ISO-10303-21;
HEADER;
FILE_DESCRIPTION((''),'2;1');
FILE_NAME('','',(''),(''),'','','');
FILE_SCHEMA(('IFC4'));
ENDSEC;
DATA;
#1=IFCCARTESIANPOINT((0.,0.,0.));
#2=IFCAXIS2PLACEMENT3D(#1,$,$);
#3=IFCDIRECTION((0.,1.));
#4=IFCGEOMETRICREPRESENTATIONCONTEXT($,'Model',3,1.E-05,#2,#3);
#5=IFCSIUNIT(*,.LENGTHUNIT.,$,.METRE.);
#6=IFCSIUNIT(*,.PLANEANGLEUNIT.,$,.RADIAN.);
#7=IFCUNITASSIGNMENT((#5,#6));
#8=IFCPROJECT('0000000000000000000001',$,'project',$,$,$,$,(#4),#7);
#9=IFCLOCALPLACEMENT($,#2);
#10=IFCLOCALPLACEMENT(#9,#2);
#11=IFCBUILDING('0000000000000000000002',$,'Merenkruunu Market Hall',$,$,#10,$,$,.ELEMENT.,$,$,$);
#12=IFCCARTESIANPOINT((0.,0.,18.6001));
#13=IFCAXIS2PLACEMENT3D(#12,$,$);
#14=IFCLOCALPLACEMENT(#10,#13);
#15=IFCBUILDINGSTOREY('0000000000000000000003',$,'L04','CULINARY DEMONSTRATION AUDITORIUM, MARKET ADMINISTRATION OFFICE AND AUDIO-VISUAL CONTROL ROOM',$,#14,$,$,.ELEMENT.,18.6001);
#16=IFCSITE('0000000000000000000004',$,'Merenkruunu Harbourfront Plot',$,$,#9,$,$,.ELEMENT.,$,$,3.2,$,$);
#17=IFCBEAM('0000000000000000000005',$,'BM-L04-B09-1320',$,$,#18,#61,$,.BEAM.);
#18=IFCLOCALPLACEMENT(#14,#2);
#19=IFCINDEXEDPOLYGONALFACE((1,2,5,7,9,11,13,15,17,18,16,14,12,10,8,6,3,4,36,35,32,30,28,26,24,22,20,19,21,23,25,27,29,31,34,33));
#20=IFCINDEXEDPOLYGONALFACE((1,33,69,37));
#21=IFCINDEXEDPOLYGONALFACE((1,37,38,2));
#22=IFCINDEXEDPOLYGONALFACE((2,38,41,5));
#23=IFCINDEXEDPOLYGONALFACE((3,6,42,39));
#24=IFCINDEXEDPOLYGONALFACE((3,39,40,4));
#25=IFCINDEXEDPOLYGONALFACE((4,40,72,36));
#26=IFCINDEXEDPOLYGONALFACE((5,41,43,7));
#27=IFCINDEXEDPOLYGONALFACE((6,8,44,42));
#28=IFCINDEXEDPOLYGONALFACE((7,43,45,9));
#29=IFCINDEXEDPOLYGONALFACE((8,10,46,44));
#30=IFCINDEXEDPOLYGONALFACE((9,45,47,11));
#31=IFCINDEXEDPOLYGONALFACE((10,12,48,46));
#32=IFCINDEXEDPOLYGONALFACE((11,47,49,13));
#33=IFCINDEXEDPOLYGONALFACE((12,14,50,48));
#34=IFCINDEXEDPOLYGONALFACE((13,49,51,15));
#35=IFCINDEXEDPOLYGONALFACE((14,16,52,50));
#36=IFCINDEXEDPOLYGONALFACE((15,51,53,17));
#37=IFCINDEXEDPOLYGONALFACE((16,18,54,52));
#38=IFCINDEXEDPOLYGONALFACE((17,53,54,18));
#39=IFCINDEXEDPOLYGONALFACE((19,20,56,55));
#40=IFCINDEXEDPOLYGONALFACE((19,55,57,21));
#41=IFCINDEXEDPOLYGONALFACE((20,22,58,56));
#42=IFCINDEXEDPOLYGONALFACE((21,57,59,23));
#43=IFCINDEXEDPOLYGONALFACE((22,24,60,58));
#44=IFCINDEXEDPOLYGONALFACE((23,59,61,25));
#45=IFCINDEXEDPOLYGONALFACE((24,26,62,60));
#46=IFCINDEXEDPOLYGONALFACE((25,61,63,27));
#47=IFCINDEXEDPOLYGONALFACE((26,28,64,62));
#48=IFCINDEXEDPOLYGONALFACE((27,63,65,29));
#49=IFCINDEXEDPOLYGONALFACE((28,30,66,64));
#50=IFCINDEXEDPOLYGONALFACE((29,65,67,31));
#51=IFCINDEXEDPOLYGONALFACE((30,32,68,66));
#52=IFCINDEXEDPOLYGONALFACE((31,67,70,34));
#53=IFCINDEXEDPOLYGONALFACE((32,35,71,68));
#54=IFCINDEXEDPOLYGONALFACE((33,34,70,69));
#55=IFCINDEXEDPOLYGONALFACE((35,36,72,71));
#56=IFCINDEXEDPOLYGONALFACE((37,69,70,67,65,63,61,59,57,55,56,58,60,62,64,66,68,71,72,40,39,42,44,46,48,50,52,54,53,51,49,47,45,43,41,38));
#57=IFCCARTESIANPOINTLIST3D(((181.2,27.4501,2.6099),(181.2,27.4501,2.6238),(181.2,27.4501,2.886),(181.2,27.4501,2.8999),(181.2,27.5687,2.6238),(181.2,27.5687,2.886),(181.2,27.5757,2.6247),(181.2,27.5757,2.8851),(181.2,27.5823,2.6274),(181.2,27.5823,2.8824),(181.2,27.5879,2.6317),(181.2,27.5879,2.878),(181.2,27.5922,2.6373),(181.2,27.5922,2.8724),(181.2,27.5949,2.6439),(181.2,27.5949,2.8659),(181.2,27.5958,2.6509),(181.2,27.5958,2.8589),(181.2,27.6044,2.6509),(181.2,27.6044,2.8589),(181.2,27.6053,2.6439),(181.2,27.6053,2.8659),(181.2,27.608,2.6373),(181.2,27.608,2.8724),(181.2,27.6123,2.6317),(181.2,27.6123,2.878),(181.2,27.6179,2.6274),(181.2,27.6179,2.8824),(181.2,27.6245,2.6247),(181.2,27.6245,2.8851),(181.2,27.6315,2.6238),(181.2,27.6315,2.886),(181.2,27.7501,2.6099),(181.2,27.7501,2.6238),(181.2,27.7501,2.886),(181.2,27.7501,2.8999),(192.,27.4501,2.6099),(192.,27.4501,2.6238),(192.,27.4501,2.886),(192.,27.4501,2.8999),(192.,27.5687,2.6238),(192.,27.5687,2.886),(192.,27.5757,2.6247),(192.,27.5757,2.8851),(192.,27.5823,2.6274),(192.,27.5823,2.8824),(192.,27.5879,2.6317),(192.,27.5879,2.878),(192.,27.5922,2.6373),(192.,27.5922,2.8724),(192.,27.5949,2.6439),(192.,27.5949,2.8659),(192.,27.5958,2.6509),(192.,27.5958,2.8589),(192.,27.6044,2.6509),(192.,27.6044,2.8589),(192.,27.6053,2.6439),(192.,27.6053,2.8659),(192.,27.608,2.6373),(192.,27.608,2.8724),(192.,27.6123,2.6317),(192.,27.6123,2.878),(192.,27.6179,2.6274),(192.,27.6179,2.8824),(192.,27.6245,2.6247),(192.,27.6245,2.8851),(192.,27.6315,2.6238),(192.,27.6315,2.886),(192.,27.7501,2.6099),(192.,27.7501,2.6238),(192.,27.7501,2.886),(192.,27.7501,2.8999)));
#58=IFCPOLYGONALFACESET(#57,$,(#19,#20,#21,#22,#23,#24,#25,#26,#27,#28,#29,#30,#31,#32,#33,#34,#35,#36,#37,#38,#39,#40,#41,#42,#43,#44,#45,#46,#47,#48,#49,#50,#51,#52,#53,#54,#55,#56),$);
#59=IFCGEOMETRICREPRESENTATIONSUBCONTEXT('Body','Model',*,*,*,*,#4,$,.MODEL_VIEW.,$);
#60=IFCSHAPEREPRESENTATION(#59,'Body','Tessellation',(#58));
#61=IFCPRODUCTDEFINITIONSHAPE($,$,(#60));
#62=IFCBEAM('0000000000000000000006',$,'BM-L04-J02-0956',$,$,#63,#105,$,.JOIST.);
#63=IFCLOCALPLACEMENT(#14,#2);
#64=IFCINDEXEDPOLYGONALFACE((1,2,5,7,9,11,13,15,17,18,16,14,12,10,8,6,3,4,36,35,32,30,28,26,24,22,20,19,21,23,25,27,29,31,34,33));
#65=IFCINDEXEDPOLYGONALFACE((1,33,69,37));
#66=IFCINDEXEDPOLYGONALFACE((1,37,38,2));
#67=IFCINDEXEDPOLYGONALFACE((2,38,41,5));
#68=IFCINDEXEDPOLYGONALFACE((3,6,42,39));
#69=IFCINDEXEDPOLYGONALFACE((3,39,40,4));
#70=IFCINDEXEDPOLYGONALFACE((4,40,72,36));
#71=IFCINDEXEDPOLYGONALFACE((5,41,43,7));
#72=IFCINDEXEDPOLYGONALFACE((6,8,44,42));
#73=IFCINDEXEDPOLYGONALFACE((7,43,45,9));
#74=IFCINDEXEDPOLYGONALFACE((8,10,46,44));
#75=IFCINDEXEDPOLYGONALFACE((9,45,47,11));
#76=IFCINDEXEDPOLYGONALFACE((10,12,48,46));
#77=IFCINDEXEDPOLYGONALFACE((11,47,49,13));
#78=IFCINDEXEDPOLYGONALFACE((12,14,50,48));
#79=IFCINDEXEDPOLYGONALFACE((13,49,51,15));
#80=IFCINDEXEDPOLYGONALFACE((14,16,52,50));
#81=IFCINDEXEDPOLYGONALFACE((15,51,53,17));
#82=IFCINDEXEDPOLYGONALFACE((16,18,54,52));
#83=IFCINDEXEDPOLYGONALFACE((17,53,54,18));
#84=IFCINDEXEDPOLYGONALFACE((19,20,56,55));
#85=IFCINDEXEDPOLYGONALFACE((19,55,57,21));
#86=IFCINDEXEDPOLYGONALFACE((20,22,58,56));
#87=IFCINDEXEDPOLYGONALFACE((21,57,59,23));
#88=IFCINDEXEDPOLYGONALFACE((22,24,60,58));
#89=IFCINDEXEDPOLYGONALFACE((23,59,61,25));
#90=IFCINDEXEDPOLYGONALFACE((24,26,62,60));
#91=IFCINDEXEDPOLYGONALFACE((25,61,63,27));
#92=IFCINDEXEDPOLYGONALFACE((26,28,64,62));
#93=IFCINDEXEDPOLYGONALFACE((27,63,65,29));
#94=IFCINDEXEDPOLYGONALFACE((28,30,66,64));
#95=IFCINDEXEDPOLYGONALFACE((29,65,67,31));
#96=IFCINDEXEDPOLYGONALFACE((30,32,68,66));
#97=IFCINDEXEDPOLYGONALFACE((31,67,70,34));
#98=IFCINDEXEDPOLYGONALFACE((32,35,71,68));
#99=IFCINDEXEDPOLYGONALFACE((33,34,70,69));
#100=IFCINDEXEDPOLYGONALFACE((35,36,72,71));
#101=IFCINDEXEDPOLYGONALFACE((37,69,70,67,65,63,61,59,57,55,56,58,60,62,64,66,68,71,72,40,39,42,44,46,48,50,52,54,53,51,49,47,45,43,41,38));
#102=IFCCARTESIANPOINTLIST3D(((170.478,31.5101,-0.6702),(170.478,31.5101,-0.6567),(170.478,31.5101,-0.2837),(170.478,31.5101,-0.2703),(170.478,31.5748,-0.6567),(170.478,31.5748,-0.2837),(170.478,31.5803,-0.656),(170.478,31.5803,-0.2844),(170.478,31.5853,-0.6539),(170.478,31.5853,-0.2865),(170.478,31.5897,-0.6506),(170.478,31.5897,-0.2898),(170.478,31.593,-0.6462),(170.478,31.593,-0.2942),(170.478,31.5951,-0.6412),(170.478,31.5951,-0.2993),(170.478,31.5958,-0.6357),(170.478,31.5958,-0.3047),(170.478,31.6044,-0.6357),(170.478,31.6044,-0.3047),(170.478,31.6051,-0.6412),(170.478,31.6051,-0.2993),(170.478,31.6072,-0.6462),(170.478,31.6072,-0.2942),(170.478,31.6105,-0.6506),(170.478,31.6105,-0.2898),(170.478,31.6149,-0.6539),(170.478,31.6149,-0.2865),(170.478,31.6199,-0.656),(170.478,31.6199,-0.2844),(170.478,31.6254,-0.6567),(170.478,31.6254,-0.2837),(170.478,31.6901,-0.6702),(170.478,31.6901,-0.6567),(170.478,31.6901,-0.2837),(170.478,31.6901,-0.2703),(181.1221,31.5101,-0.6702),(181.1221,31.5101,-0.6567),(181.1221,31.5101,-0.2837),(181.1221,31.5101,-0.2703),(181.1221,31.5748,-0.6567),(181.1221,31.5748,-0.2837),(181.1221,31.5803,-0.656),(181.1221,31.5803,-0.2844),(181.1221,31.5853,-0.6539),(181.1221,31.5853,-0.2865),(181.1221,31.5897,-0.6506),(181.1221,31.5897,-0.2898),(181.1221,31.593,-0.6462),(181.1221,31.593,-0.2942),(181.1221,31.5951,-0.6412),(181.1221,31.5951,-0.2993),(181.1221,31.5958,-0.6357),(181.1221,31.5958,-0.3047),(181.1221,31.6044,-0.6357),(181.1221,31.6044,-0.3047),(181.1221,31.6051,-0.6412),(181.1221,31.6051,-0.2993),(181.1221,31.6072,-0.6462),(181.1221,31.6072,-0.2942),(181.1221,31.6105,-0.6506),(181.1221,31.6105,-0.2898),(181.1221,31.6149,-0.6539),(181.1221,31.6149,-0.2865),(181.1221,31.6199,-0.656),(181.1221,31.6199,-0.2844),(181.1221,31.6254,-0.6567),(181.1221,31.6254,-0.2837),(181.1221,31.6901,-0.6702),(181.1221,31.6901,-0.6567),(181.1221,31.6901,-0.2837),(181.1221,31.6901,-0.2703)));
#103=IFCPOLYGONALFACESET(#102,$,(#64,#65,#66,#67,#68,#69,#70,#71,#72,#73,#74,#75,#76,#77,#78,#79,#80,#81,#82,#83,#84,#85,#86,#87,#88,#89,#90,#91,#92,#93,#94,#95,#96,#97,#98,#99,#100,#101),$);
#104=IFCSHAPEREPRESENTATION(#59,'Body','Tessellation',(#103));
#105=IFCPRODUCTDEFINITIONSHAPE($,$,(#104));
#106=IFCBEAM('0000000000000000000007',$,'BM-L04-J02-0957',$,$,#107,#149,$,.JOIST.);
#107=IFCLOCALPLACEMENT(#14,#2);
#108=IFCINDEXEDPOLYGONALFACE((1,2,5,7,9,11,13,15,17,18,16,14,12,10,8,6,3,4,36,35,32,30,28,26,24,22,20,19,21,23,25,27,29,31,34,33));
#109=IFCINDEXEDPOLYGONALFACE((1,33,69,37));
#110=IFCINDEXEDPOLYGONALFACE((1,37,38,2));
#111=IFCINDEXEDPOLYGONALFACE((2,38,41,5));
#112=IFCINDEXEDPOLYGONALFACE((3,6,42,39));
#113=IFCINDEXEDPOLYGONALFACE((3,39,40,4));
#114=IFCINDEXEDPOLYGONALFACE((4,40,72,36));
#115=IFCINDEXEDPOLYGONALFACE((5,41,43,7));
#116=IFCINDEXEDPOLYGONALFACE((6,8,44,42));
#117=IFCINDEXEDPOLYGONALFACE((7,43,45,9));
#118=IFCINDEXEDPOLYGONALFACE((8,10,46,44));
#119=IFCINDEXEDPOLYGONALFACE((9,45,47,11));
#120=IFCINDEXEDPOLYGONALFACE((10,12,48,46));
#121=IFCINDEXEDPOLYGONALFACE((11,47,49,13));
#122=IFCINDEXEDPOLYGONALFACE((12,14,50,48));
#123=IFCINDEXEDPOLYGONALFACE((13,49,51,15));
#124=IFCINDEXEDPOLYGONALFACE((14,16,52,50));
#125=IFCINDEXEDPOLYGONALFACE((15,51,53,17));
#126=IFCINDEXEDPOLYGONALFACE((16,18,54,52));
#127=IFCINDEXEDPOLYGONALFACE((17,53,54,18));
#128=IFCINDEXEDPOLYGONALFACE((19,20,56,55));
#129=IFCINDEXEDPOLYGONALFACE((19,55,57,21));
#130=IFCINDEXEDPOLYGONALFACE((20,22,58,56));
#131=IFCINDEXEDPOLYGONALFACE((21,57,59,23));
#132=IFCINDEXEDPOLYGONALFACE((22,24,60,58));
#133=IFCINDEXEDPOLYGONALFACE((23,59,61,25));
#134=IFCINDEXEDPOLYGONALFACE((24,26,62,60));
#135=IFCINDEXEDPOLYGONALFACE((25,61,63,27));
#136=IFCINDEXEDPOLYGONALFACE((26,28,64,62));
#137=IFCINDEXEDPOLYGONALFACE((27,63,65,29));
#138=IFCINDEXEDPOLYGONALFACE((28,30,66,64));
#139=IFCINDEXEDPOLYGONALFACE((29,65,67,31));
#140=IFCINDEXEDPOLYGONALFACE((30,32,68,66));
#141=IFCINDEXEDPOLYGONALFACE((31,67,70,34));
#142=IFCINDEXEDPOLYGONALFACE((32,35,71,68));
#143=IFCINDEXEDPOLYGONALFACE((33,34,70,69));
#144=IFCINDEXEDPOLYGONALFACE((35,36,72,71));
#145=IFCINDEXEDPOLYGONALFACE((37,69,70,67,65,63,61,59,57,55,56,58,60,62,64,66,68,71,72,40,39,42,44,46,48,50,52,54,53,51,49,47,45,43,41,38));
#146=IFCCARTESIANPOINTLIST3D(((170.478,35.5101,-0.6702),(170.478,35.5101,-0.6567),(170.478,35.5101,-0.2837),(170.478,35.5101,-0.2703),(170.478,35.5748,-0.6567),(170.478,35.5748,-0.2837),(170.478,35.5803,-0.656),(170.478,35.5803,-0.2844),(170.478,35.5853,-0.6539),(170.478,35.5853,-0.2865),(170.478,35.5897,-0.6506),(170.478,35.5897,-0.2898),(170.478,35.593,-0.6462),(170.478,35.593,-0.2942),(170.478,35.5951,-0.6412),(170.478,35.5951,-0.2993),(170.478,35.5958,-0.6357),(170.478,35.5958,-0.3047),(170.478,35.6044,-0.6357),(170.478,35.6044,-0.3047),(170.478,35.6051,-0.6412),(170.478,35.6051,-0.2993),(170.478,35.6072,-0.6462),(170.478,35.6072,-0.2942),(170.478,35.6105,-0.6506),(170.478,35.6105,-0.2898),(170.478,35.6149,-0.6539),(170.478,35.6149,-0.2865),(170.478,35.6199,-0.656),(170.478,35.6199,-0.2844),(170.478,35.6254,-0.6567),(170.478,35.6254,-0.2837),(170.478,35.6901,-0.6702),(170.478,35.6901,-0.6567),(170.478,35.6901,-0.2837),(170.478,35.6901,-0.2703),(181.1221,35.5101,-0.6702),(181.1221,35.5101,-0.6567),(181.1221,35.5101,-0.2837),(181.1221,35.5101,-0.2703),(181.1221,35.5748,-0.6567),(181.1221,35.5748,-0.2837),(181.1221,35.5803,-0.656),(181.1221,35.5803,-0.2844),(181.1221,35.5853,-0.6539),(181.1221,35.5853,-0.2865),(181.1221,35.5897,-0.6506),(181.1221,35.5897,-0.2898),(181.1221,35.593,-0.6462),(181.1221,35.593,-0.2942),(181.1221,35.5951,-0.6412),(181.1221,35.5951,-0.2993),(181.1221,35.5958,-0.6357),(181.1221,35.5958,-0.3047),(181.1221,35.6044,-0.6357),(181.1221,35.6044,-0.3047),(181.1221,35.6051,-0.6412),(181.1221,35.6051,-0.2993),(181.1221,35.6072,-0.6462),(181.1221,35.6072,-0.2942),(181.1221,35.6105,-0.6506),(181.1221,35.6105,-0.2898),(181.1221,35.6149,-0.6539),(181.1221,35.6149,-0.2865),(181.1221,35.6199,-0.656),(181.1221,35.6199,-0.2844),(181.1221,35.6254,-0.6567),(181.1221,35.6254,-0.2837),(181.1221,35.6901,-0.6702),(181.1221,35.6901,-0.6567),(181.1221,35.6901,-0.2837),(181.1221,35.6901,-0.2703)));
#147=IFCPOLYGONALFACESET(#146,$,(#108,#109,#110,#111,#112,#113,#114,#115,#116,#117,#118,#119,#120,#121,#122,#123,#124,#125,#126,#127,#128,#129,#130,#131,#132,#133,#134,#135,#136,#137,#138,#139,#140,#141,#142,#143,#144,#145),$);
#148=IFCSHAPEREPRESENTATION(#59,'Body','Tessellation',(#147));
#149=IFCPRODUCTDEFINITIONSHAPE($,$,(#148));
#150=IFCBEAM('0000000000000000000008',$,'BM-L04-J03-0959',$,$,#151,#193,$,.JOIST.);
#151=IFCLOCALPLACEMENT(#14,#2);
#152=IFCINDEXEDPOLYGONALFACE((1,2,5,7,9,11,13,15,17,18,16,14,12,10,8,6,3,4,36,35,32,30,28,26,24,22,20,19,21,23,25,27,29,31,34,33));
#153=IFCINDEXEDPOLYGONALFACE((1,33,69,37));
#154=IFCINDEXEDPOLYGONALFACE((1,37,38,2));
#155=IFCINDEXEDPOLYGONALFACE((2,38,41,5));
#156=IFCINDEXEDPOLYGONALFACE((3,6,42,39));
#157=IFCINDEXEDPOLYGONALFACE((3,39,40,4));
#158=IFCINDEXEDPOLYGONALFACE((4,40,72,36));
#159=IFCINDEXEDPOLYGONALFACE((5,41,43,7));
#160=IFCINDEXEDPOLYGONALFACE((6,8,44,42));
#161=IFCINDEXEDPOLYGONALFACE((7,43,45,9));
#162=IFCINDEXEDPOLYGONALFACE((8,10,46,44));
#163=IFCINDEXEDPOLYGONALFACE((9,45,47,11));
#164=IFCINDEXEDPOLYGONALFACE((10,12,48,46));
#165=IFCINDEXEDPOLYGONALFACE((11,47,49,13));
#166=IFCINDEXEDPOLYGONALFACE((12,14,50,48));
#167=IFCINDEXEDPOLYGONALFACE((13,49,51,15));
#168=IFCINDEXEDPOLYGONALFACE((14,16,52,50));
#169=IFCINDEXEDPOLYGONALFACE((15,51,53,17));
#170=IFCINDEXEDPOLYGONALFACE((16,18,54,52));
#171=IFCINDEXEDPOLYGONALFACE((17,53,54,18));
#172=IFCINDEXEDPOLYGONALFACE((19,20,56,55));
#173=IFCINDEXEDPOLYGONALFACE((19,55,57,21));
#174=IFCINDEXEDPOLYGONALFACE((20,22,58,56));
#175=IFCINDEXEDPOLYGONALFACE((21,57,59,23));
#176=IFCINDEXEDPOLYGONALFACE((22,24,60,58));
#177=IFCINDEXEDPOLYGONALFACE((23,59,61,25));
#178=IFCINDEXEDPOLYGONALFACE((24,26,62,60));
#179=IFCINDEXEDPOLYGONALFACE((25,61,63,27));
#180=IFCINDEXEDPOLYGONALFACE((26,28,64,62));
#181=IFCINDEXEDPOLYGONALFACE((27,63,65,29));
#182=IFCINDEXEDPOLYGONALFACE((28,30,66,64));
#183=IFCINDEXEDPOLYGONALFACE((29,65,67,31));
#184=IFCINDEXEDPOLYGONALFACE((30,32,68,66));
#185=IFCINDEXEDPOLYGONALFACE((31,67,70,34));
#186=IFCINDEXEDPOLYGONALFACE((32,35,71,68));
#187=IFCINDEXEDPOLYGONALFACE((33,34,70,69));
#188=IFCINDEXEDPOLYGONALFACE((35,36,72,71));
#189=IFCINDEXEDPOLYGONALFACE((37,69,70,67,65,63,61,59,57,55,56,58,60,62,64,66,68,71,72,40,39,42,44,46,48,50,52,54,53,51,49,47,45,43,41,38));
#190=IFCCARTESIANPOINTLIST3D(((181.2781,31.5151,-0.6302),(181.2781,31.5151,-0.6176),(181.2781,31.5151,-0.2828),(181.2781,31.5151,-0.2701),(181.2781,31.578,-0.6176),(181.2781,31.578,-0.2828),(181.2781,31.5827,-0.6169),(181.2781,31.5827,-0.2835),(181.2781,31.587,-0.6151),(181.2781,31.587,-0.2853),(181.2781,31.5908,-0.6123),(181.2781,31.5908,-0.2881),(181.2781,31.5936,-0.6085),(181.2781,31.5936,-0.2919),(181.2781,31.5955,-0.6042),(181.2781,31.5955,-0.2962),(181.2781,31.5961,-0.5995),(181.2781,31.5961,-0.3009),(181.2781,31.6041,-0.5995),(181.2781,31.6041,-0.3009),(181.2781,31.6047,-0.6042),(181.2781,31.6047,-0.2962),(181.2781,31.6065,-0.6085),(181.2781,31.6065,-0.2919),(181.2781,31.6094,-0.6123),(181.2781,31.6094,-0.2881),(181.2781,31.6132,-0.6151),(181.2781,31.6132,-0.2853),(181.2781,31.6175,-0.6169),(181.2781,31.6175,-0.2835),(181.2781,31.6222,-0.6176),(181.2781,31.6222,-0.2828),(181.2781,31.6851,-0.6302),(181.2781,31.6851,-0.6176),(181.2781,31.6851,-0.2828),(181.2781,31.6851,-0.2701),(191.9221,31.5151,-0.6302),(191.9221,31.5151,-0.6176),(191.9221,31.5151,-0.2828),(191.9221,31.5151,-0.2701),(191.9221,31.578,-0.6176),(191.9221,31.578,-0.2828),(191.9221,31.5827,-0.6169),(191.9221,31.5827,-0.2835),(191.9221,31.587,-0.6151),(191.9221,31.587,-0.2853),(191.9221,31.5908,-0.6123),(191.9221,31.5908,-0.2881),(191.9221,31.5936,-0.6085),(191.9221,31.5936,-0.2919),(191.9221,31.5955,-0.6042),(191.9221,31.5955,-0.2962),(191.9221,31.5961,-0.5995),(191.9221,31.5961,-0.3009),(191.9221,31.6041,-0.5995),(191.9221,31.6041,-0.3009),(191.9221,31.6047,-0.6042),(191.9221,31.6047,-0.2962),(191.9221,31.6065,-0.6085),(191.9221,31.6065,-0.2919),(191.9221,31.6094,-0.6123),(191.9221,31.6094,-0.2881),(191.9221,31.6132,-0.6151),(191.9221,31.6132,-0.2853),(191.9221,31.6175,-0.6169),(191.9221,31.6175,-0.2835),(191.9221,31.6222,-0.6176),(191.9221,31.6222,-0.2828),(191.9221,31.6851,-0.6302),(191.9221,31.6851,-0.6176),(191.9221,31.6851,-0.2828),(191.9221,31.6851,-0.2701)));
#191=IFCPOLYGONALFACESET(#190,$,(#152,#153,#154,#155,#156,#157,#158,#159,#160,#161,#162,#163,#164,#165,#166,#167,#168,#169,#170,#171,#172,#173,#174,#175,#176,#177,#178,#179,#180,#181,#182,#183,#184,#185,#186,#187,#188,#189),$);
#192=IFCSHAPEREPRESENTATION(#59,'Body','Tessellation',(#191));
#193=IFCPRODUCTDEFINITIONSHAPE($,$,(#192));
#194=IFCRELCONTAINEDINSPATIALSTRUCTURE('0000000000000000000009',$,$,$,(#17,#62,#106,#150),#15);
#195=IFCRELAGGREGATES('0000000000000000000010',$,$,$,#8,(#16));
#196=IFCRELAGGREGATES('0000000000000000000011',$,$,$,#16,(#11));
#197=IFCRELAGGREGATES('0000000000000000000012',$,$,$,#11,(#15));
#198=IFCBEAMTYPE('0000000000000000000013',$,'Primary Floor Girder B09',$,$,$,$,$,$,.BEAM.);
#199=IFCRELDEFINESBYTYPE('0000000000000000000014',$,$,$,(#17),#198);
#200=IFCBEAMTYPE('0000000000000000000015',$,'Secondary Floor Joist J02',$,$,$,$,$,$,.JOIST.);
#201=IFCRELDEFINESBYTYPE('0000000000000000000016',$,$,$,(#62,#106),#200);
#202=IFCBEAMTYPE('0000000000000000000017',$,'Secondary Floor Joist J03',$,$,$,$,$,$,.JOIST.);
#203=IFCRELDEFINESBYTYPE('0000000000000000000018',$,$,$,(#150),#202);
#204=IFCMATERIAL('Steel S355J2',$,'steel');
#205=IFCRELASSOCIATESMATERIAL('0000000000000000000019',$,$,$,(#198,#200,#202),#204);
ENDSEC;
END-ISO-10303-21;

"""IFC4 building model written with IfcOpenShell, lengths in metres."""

from ifc_helpers import new_model, si_unit, direction, frame, origin, origin_2d, place, context, subcontext, project, spatial, i_section, extrude, material, material_profile, profile_set, type_object, element, save


model = new_model("IFC4")

# Units and contexts
model_context = context("Model", 3, precision=1e-05, world=origin(), true_north=direction((0.0, 1.0)))
body_context = subcontext(model_context, "Body", "Model", "MODEL_VIEW")
ifc_project = project(units=[si_unit("LENGTHUNIT", "METRE"), si_unit("PLANEANGLEUNIT", "RADIAN")], contexts=[model_context])

# Site, building, storey
site_placement = place(None, origin())
site = spatial("IfcSite", under=ifc_project, at=site_placement, Name="Merenkruunu Harbourfront Plot", CompositionType="ELEMENT", RefElevation=3.2)
building_placement = place(site_placement, origin())
building = spatial("IfcBuilding", under=site, at=building_placement, Name="Merenkruunu Market Hall", CompositionType="ELEMENT")
storey_placement = place(building_placement, frame((0.0, 0.0, 18.6001)))
storey = spatial("IfcBuildingStorey", under=building, at=storey_placement, Name="L04", Description="CULINARY DEMONSTRATION AUDITORIUM, MARKET ADMINISTRATION OFFICE AND AUDIO-VISUAL CONTROL ROOM", CompositionType="ELEMENT", Elevation=18.6001)

# Shared definitions
ifc_material_1 = material(Name="Steel S355J2", Category="steel")

# Beams
ifc_material_profile_1 = material_profile(ifc_material_1, i_section(OverallWidth=0.3, OverallDepth=0.29, WebThickness=0.0085, FlangeThickness=0.0139, FilletRadius=0.0271, at=origin_2d()), Name="HEA 300")
ifc_profile_set_1 = profile_set([ifc_material_profile_1], Name="Steel S355J2")
beam_type_1 = type_object("IfcBeamType", Name="Primary Floor Girder B09", PredefinedType="BEAM", material=ifc_profile_set_1)
beam_1_placement = place(storey_placement, frame((181.2, 27.6001, 2.7549), z_axis=(1.0, 0.0, 0.0), x_axis=(0.0, 1.0, 0.0)))
element("IfcBeam", 1, at=beam_1_placement, inside=storey, type_object=beam_type_1, Name="BM-L04-B09-1320", PredefinedType="BEAM", context=body_context, shape_type="SweptSolid", body=[
    extrude(i_section(OverallWidth=0.3, OverallDepth=0.29, WebThickness=0.0085, FlangeThickness=0.0139, FilletRadius=0.0271, at=origin_2d()), origin(), (0.0, 0.0, 1.0), 10.8),
])
ifc_material_profile_2 = material_profile(ifc_material_1, i_section(OverallWidth=0.1799, OverallDepth=0.3999, WebThickness=0.0085, FlangeThickness=0.0134, FilletRadius=0.021, at=origin_2d()), Name="IPE 400")
ifc_profile_set_2 = profile_set([ifc_material_profile_2], Name="Steel S355J2")
beam_type_2 = type_object("IfcBeamType", Name="Secondary Floor Joist J02", PredefinedType="JOIST", material=ifc_profile_set_2)
for number, where, z_axis, x_axis, name in (
    (2, (170.478, 31.6001, -0.4702), (1.0, 0.0, 0.0), (0.0, 1.0, 0.0), "BM-L04-J02-0956"),
    (3, (170.478, 35.6001, -0.4702), (1.0, 0.0, 0.0), (0.0, 1.0, 0.0), "BM-L04-J02-0957"),
):
    element("IfcBeam", number, at=place(storey_placement, frame(where, z_axis=z_axis, x_axis=x_axis)), inside=storey, type_object=beam_type_2, Name=name, PredefinedType="JOIST", context=body_context, shape_type="SweptSolid", body=[
        extrude(i_section(OverallWidth=0.1799, OverallDepth=0.3999, WebThickness=0.0085, FlangeThickness=0.0134, FilletRadius=0.021, at=origin_2d()), origin(), (0.0, 0.0, 1.0), 10.644),
    ])
ifc_material_profile_3 = material_profile(ifc_material_1, i_section(OverallWidth=0.1699, OverallDepth=0.3601, WebThickness=0.0081, FlangeThickness=0.0127, FilletRadius=0.0181, at=origin_2d()), Name="IPE 360")
ifc_profile_set_3 = profile_set([ifc_material_profile_3], Name="Steel S355J2")
beam_type_3 = type_object("IfcBeamType", Name="Secondary Floor Joist J03", PredefinedType="JOIST", material=ifc_profile_set_3)
for number, where, z_axis, x_axis, name in (
    (4, (181.2781, 31.6001, -0.4502), (1.0, 0.0, 0.0), (0.0, 1.0, 0.0), "BM-L04-J03-0959"),
):
    element("IfcBeam", number, at=place(storey_placement, frame(where, z_axis=z_axis, x_axis=x_axis)), inside=storey, type_object=beam_type_3, Name=name, PredefinedType="JOIST", context=body_context, shape_type="SweptSolid", body=[
        extrude(i_section(OverallWidth=0.1699, OverallDepth=0.3601, WebThickness=0.0081, FlangeThickness=0.0127, FilletRadius=0.0181, at=origin_2d()), origin(), (0.0, 0.0, 1.0), 10.644),
    ])

save(model, "model.ifc")
